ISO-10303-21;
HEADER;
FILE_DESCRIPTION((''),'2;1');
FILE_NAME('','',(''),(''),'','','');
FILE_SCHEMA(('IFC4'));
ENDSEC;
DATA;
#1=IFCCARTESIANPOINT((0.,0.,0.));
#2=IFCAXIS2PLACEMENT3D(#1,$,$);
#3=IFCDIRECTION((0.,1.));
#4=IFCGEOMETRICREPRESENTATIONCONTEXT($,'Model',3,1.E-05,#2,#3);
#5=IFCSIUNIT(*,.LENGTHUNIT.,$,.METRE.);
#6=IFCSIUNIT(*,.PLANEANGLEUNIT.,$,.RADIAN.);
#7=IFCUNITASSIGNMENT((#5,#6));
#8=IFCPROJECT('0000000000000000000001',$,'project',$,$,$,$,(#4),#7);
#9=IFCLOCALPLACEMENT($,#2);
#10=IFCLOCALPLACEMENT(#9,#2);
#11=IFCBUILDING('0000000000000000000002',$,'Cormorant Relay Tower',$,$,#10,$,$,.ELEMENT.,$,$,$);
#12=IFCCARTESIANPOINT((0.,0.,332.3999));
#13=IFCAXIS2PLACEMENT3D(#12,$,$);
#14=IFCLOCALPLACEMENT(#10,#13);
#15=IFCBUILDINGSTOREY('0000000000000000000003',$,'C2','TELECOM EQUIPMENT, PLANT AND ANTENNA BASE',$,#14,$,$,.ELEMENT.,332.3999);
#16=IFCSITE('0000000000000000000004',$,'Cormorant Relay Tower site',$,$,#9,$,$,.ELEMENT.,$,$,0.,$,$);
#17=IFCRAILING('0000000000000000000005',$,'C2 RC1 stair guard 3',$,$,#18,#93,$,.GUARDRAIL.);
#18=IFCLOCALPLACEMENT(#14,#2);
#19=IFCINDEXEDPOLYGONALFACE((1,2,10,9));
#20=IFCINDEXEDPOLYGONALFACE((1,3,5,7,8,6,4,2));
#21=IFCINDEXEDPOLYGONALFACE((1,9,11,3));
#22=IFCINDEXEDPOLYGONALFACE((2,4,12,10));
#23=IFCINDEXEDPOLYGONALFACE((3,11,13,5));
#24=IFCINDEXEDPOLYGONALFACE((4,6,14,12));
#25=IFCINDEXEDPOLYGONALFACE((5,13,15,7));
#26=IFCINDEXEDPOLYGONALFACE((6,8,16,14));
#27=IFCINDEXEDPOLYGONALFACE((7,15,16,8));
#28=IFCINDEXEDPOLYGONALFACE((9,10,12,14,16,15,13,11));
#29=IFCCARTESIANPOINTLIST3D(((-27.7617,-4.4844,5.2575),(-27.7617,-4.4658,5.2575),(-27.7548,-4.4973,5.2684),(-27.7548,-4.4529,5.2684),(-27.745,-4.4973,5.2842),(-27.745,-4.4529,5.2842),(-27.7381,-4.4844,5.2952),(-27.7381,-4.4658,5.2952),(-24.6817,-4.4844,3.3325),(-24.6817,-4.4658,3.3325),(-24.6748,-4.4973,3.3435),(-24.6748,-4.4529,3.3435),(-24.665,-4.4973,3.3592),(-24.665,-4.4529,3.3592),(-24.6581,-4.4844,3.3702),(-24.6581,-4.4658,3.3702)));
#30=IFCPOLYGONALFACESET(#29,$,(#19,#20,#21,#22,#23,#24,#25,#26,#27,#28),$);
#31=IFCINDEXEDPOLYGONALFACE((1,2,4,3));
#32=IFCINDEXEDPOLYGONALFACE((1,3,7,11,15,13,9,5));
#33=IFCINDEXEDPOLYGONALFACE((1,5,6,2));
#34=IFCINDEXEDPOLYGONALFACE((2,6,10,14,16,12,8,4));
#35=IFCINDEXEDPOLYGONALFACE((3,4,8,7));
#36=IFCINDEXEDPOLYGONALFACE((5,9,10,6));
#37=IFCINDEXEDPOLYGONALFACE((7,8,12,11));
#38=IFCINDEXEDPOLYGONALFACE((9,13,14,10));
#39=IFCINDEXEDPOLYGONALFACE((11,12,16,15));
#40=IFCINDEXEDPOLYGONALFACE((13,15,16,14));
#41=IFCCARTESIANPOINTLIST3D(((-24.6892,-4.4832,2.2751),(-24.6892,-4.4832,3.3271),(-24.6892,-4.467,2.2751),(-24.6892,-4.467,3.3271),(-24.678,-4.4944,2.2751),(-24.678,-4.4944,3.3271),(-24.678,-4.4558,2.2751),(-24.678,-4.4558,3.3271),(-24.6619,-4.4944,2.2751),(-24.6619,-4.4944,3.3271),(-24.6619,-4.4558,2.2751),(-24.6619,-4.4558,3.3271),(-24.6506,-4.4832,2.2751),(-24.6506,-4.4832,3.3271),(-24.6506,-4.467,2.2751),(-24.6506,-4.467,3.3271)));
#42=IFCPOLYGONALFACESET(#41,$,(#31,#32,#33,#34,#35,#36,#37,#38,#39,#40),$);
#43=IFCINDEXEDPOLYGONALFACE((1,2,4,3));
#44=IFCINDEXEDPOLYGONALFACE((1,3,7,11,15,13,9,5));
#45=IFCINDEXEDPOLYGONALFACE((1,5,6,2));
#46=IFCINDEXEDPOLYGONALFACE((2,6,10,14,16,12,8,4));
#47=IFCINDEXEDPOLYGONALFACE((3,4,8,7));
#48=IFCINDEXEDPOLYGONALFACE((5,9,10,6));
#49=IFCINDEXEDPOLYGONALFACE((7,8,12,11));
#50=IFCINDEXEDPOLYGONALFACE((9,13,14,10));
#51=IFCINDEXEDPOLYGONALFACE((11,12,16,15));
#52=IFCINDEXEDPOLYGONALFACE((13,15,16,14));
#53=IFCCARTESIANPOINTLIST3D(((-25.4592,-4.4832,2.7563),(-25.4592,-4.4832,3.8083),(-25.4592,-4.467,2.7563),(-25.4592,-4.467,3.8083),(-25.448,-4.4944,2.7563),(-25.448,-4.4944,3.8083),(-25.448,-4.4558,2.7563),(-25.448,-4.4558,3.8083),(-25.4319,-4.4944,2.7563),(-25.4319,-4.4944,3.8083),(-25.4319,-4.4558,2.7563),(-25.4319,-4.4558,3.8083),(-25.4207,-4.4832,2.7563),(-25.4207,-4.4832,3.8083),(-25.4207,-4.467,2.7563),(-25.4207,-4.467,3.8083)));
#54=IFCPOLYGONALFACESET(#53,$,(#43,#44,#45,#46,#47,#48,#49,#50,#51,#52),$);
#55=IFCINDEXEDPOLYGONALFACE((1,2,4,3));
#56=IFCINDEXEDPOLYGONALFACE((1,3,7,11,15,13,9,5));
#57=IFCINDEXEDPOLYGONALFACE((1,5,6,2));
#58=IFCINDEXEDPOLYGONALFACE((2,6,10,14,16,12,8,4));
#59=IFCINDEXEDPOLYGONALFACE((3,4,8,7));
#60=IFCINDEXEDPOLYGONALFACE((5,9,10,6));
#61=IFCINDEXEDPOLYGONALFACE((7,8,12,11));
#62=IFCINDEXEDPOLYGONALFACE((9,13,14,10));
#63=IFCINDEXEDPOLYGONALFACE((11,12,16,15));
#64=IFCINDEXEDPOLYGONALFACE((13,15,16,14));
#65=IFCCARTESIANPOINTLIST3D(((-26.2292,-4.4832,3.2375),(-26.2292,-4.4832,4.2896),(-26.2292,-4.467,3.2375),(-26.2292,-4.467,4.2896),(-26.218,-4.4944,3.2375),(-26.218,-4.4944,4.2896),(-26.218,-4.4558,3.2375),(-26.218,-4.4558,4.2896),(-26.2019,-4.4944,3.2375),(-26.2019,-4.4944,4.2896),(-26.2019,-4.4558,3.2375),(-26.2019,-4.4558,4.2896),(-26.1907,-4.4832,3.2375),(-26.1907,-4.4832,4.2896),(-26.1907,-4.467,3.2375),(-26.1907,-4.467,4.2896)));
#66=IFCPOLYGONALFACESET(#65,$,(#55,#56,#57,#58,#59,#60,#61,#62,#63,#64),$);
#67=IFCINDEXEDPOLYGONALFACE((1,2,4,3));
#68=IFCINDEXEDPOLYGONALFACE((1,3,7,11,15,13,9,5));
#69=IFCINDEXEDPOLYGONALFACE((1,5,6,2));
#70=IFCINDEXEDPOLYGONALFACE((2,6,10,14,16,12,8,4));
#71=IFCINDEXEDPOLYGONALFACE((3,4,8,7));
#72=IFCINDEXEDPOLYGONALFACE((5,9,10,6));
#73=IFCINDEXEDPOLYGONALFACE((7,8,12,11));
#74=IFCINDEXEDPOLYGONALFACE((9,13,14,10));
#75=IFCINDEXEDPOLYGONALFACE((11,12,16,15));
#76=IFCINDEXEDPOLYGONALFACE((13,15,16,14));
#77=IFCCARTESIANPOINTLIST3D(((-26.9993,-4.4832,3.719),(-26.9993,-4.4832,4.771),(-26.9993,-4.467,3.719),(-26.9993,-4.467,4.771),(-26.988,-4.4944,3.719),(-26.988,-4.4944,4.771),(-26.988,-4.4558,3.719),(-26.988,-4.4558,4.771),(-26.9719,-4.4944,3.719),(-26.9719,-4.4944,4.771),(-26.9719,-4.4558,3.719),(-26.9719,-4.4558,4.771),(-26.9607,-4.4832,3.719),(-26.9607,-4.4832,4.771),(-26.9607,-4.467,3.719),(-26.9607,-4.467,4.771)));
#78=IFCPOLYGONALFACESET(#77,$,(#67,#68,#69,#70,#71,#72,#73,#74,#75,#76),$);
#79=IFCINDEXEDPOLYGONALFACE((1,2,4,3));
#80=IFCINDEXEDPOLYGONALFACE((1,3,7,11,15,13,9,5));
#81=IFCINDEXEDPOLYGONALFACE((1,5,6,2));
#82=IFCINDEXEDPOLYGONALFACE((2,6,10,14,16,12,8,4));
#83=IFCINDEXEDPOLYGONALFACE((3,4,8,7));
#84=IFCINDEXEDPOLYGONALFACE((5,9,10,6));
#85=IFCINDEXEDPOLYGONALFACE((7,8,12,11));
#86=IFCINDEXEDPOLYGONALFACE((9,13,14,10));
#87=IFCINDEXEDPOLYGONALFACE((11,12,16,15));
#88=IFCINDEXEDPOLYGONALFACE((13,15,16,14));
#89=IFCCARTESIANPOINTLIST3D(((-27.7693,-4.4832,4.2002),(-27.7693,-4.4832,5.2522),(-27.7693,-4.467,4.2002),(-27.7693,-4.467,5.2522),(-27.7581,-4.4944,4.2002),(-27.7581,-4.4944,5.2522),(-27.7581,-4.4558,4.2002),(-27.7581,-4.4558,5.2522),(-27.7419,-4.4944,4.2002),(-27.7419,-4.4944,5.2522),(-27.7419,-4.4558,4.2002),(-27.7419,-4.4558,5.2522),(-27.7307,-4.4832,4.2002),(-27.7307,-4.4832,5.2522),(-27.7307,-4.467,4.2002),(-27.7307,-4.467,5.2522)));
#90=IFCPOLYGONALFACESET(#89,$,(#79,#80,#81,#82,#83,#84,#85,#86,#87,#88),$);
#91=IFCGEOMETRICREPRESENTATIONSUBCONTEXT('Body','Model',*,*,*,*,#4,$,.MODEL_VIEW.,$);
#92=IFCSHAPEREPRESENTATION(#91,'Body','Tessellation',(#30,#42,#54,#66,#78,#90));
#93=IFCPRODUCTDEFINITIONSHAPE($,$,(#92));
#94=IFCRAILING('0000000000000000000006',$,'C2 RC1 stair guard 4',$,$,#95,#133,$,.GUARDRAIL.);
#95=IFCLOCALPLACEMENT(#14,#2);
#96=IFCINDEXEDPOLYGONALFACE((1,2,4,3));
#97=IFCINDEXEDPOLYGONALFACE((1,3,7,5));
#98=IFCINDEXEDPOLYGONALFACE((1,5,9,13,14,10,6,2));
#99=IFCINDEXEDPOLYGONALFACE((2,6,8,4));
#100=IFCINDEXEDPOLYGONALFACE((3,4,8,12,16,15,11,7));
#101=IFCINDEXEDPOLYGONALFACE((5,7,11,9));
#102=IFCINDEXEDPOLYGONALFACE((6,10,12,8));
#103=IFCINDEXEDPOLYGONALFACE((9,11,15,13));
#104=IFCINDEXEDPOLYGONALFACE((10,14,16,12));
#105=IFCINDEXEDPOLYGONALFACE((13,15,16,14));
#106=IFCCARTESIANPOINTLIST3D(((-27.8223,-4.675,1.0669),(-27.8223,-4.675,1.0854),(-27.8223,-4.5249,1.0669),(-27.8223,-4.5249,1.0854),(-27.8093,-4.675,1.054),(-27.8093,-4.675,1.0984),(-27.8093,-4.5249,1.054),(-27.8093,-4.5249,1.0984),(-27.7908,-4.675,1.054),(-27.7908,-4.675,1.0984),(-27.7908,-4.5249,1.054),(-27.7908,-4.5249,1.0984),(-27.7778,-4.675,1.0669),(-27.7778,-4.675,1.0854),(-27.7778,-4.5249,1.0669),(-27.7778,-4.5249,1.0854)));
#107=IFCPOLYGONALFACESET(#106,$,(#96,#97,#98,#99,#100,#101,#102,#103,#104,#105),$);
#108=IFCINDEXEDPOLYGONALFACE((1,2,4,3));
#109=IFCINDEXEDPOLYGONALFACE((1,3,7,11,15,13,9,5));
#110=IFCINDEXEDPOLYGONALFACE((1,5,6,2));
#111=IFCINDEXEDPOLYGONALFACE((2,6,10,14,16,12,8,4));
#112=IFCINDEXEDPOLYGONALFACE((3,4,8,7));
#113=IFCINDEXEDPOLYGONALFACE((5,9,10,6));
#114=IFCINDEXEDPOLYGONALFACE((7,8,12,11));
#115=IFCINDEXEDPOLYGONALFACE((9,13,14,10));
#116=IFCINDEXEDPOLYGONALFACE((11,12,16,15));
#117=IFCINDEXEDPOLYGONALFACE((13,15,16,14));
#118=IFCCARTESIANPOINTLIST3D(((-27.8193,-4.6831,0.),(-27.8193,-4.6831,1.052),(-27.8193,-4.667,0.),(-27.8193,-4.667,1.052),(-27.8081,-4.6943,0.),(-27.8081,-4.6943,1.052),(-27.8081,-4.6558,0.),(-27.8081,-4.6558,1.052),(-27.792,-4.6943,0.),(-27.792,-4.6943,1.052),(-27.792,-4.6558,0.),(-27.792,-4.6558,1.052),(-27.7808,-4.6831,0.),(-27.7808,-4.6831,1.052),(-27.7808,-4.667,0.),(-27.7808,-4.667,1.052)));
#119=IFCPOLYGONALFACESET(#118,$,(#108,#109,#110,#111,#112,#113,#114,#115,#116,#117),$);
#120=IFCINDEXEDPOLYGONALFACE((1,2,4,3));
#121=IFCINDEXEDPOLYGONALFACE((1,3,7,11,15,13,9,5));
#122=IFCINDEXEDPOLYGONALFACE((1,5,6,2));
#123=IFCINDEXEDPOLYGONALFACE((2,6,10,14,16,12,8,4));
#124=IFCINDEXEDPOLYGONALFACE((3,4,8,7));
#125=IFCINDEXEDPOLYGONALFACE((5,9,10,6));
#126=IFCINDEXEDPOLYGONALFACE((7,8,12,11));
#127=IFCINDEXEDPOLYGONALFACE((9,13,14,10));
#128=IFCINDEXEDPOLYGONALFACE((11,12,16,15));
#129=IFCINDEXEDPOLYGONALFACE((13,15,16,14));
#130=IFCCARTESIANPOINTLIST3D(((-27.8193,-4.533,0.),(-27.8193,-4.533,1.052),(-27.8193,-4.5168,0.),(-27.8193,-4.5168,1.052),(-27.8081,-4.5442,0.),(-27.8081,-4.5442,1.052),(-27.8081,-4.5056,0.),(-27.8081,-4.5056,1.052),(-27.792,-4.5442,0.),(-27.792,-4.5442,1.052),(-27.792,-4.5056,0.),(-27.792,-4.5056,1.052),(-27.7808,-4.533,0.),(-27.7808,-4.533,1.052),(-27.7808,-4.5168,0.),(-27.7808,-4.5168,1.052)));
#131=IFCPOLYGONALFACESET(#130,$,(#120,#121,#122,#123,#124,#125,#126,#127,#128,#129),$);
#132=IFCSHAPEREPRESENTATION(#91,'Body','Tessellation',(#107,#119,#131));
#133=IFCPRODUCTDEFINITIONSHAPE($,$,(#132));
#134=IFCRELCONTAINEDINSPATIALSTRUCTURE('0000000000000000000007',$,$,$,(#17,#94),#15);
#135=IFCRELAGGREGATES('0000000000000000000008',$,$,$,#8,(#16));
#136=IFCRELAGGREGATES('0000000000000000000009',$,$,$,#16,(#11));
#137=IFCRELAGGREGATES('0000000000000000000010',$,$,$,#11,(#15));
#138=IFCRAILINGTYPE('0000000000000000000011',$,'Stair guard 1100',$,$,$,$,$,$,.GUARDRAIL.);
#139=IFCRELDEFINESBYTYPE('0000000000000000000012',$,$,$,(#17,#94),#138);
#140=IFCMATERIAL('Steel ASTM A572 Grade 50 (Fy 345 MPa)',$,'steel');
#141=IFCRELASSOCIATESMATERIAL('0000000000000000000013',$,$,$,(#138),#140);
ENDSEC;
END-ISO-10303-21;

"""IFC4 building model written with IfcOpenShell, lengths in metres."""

from ifc_helpers import new_model, si_unit, direction, frame, origin, place, context, subcontext, project, spatial, polyline, outline, extrude, material, type_object, element, save


model = new_model("IFC4")

# Units and contexts
model_context = context("Model", 3, precision=1e-05, world=origin(), true_north=direction((0.0, 1.0)))
body_context = subcontext(model_context, "Body", "Model", "MODEL_VIEW")
ifc_project = project(units=[si_unit("LENGTHUNIT", "METRE"), si_unit("PLANEANGLEUNIT", "RADIAN")], contexts=[model_context])

# Site, building, storey
site_placement = place(None, origin())
site = spatial("IfcSite", under=ifc_project, at=site_placement, Name="Cormorant Relay Tower site", CompositionType="ELEMENT", RefElevation=0.0)
building_placement = place(site_placement, origin())
building = spatial("IfcBuilding", under=site, at=building_placement, Name="Cormorant Relay Tower", CompositionType="ELEMENT")
storey_placement = place(building_placement, frame((0.0, 0.0, 332.3999)))
storey = spatial("IfcBuildingStorey", under=building, at=storey_placement, Name="C2", Description="TELECOM EQUIPMENT, PLANT AND ANTENNA BASE", CompositionType="ELEMENT", Elevation=332.3999)

# Railings
ifc_material_1 = material(Name="Steel ASTM A572 Grade 50 (Fy 345 MPa)", Category="steel")
railing_type_1 = type_object("IfcRailingType", Name="Stair guard 1100", PredefinedType="GUARDRAIL", material=ifc_material_1)
railing_1_placement = place(storey_placement, frame((-24.6699, -4.4751, 2.2751)))
element("IfcRailing", 1, at=railing_1_placement, inside=storey, type_object=railing_type_1, Name="C2 RC1 stair guard 3", PredefinedType="GUARDRAIL", context=body_context, shape_type="SweptSolid", body=[
    extrude(outline(polyline([(0.0222, 0.0093), (0.0093, 0.0222), (-0.0093, 0.0222), (-0.0222, 0.0093), (-0.0222, -0.0093), (-0.0093, -0.0222), (0.0093, -0.0222), (0.0222, -0.0093), (0.0222, 0.0093)])), frame((0.0, 0.0, 1.0762), z_axis=(-0.847998, 0.0, 0.529999), x_axis=(0.0, -1.0, 0.0)), (0.0, 0.0, 1.0), 3.6321),
    extrude(outline(polyline([(0.0193, 0.0081), (0.0081, 0.0193), (-0.0081, 0.0193), (-0.0193, 0.0081), (-0.0193, -0.0081), (-0.0081, -0.0193), (0.0081, -0.0193), (0.0193, -0.0081), (0.0193, 0.0081)])), origin(), (0.0, 0.0, 1.0), 1.052),
    extrude(outline(polyline([(0.0193, 0.0081), (0.0081, 0.0193), (-0.0081, 0.0193), (-0.0193, 0.0081), (-0.0193, -0.0081), (-0.0081, -0.0193), (0.0081, -0.0193), (0.0193, -0.0081), (0.0193, 0.0081)])), frame((-0.77, 0.0, 0.4812)), (0.0, 0.0, 1.0), 1.052),
    extrude(outline(polyline([(0.0193, 0.0081), (0.0081, 0.0193), (-0.0081, 0.0193), (-0.0193, 0.0081), (-0.0193, -0.0081), (-0.0081, -0.0193), (0.0081, -0.0193), (0.0193, -0.0081), (0.0193, 0.0081)])), frame((-1.54, 0.0, 0.9624)), (0.0, 0.0, 1.0), 1.052),
    extrude(outline(polyline([(0.0193, 0.0081), (0.0081, 0.0193), (-0.0081, 0.0193), (-0.0193, 0.0081), (-0.0193, -0.0081), (-0.0081, -0.0193), (0.0081, -0.0193), (0.0193, -0.0081), (0.0193, 0.0081)])), frame((-2.3101, 0.0, 1.4438)), (0.0, 0.0, 1.0), 1.052),
    extrude(outline(polyline([(0.0193, 0.0081), (0.0081, 0.0193), (-0.0081, 0.0193), (-0.0193, 0.0081), (-0.0193, -0.0081), (-0.0081, -0.0193), (0.0081, -0.0193), (0.0193, -0.0081), (0.0193, 0.0081)])), frame((-3.0801, 0.0, 1.925)), (0.0, 0.0, 1.0), 1.052),
])
railing_2_placement = place(storey_placement, frame((-27.8, -4.675, 0.0)))
element("IfcRailing", 2, at=railing_2_placement, inside=storey, type_object=railing_type_1, Name="C2 RC1 stair guard 4", PredefinedType="GUARDRAIL", context=body_context, shape_type="SweptSolid", body=[
    extrude(outline(polyline([(0.0222, 0.0093), (0.0093, 0.0222), (-0.0093, 0.0222), (-0.0222, 0.0093), (-0.0222, -0.0093), (-0.0093, -0.0222), (0.0093, -0.0222), (0.0222, -0.0093), (0.0222, 0.0093)])), frame((0.0, 0.0, 1.0762), z_axis=(0.0, 1.0, 0.0), x_axis=(-1.0, 0.0, 0.0)), (0.0, 0.0, 1.0), 0.1501),
    extrude(outline(polyline([(0.0193, 0.0081), (0.0081, 0.0193), (-0.0081, 0.0193), (-0.0193, 0.0081), (-0.0193, -0.0081), (-0.0081, -0.0193), (0.0081, -0.0193), (0.0193, -0.0081), (0.0193, 0.0081)])), origin(), (0.0, 0.0, 1.0), 1.052),
    extrude(outline(polyline([(0.0193, 0.0081), (0.0081, 0.0193), (-0.0081, 0.0193), (-0.0193, 0.0081), (-0.0193, -0.0081), (-0.0081, -0.0193), (0.0081, -0.0193), (0.0193, -0.0081), (0.0193, 0.0081)])), frame((0.0, 0.1501, 0.0)), (0.0, 0.0, 1.0), 1.052),
])

save(model, "model.ifc")
